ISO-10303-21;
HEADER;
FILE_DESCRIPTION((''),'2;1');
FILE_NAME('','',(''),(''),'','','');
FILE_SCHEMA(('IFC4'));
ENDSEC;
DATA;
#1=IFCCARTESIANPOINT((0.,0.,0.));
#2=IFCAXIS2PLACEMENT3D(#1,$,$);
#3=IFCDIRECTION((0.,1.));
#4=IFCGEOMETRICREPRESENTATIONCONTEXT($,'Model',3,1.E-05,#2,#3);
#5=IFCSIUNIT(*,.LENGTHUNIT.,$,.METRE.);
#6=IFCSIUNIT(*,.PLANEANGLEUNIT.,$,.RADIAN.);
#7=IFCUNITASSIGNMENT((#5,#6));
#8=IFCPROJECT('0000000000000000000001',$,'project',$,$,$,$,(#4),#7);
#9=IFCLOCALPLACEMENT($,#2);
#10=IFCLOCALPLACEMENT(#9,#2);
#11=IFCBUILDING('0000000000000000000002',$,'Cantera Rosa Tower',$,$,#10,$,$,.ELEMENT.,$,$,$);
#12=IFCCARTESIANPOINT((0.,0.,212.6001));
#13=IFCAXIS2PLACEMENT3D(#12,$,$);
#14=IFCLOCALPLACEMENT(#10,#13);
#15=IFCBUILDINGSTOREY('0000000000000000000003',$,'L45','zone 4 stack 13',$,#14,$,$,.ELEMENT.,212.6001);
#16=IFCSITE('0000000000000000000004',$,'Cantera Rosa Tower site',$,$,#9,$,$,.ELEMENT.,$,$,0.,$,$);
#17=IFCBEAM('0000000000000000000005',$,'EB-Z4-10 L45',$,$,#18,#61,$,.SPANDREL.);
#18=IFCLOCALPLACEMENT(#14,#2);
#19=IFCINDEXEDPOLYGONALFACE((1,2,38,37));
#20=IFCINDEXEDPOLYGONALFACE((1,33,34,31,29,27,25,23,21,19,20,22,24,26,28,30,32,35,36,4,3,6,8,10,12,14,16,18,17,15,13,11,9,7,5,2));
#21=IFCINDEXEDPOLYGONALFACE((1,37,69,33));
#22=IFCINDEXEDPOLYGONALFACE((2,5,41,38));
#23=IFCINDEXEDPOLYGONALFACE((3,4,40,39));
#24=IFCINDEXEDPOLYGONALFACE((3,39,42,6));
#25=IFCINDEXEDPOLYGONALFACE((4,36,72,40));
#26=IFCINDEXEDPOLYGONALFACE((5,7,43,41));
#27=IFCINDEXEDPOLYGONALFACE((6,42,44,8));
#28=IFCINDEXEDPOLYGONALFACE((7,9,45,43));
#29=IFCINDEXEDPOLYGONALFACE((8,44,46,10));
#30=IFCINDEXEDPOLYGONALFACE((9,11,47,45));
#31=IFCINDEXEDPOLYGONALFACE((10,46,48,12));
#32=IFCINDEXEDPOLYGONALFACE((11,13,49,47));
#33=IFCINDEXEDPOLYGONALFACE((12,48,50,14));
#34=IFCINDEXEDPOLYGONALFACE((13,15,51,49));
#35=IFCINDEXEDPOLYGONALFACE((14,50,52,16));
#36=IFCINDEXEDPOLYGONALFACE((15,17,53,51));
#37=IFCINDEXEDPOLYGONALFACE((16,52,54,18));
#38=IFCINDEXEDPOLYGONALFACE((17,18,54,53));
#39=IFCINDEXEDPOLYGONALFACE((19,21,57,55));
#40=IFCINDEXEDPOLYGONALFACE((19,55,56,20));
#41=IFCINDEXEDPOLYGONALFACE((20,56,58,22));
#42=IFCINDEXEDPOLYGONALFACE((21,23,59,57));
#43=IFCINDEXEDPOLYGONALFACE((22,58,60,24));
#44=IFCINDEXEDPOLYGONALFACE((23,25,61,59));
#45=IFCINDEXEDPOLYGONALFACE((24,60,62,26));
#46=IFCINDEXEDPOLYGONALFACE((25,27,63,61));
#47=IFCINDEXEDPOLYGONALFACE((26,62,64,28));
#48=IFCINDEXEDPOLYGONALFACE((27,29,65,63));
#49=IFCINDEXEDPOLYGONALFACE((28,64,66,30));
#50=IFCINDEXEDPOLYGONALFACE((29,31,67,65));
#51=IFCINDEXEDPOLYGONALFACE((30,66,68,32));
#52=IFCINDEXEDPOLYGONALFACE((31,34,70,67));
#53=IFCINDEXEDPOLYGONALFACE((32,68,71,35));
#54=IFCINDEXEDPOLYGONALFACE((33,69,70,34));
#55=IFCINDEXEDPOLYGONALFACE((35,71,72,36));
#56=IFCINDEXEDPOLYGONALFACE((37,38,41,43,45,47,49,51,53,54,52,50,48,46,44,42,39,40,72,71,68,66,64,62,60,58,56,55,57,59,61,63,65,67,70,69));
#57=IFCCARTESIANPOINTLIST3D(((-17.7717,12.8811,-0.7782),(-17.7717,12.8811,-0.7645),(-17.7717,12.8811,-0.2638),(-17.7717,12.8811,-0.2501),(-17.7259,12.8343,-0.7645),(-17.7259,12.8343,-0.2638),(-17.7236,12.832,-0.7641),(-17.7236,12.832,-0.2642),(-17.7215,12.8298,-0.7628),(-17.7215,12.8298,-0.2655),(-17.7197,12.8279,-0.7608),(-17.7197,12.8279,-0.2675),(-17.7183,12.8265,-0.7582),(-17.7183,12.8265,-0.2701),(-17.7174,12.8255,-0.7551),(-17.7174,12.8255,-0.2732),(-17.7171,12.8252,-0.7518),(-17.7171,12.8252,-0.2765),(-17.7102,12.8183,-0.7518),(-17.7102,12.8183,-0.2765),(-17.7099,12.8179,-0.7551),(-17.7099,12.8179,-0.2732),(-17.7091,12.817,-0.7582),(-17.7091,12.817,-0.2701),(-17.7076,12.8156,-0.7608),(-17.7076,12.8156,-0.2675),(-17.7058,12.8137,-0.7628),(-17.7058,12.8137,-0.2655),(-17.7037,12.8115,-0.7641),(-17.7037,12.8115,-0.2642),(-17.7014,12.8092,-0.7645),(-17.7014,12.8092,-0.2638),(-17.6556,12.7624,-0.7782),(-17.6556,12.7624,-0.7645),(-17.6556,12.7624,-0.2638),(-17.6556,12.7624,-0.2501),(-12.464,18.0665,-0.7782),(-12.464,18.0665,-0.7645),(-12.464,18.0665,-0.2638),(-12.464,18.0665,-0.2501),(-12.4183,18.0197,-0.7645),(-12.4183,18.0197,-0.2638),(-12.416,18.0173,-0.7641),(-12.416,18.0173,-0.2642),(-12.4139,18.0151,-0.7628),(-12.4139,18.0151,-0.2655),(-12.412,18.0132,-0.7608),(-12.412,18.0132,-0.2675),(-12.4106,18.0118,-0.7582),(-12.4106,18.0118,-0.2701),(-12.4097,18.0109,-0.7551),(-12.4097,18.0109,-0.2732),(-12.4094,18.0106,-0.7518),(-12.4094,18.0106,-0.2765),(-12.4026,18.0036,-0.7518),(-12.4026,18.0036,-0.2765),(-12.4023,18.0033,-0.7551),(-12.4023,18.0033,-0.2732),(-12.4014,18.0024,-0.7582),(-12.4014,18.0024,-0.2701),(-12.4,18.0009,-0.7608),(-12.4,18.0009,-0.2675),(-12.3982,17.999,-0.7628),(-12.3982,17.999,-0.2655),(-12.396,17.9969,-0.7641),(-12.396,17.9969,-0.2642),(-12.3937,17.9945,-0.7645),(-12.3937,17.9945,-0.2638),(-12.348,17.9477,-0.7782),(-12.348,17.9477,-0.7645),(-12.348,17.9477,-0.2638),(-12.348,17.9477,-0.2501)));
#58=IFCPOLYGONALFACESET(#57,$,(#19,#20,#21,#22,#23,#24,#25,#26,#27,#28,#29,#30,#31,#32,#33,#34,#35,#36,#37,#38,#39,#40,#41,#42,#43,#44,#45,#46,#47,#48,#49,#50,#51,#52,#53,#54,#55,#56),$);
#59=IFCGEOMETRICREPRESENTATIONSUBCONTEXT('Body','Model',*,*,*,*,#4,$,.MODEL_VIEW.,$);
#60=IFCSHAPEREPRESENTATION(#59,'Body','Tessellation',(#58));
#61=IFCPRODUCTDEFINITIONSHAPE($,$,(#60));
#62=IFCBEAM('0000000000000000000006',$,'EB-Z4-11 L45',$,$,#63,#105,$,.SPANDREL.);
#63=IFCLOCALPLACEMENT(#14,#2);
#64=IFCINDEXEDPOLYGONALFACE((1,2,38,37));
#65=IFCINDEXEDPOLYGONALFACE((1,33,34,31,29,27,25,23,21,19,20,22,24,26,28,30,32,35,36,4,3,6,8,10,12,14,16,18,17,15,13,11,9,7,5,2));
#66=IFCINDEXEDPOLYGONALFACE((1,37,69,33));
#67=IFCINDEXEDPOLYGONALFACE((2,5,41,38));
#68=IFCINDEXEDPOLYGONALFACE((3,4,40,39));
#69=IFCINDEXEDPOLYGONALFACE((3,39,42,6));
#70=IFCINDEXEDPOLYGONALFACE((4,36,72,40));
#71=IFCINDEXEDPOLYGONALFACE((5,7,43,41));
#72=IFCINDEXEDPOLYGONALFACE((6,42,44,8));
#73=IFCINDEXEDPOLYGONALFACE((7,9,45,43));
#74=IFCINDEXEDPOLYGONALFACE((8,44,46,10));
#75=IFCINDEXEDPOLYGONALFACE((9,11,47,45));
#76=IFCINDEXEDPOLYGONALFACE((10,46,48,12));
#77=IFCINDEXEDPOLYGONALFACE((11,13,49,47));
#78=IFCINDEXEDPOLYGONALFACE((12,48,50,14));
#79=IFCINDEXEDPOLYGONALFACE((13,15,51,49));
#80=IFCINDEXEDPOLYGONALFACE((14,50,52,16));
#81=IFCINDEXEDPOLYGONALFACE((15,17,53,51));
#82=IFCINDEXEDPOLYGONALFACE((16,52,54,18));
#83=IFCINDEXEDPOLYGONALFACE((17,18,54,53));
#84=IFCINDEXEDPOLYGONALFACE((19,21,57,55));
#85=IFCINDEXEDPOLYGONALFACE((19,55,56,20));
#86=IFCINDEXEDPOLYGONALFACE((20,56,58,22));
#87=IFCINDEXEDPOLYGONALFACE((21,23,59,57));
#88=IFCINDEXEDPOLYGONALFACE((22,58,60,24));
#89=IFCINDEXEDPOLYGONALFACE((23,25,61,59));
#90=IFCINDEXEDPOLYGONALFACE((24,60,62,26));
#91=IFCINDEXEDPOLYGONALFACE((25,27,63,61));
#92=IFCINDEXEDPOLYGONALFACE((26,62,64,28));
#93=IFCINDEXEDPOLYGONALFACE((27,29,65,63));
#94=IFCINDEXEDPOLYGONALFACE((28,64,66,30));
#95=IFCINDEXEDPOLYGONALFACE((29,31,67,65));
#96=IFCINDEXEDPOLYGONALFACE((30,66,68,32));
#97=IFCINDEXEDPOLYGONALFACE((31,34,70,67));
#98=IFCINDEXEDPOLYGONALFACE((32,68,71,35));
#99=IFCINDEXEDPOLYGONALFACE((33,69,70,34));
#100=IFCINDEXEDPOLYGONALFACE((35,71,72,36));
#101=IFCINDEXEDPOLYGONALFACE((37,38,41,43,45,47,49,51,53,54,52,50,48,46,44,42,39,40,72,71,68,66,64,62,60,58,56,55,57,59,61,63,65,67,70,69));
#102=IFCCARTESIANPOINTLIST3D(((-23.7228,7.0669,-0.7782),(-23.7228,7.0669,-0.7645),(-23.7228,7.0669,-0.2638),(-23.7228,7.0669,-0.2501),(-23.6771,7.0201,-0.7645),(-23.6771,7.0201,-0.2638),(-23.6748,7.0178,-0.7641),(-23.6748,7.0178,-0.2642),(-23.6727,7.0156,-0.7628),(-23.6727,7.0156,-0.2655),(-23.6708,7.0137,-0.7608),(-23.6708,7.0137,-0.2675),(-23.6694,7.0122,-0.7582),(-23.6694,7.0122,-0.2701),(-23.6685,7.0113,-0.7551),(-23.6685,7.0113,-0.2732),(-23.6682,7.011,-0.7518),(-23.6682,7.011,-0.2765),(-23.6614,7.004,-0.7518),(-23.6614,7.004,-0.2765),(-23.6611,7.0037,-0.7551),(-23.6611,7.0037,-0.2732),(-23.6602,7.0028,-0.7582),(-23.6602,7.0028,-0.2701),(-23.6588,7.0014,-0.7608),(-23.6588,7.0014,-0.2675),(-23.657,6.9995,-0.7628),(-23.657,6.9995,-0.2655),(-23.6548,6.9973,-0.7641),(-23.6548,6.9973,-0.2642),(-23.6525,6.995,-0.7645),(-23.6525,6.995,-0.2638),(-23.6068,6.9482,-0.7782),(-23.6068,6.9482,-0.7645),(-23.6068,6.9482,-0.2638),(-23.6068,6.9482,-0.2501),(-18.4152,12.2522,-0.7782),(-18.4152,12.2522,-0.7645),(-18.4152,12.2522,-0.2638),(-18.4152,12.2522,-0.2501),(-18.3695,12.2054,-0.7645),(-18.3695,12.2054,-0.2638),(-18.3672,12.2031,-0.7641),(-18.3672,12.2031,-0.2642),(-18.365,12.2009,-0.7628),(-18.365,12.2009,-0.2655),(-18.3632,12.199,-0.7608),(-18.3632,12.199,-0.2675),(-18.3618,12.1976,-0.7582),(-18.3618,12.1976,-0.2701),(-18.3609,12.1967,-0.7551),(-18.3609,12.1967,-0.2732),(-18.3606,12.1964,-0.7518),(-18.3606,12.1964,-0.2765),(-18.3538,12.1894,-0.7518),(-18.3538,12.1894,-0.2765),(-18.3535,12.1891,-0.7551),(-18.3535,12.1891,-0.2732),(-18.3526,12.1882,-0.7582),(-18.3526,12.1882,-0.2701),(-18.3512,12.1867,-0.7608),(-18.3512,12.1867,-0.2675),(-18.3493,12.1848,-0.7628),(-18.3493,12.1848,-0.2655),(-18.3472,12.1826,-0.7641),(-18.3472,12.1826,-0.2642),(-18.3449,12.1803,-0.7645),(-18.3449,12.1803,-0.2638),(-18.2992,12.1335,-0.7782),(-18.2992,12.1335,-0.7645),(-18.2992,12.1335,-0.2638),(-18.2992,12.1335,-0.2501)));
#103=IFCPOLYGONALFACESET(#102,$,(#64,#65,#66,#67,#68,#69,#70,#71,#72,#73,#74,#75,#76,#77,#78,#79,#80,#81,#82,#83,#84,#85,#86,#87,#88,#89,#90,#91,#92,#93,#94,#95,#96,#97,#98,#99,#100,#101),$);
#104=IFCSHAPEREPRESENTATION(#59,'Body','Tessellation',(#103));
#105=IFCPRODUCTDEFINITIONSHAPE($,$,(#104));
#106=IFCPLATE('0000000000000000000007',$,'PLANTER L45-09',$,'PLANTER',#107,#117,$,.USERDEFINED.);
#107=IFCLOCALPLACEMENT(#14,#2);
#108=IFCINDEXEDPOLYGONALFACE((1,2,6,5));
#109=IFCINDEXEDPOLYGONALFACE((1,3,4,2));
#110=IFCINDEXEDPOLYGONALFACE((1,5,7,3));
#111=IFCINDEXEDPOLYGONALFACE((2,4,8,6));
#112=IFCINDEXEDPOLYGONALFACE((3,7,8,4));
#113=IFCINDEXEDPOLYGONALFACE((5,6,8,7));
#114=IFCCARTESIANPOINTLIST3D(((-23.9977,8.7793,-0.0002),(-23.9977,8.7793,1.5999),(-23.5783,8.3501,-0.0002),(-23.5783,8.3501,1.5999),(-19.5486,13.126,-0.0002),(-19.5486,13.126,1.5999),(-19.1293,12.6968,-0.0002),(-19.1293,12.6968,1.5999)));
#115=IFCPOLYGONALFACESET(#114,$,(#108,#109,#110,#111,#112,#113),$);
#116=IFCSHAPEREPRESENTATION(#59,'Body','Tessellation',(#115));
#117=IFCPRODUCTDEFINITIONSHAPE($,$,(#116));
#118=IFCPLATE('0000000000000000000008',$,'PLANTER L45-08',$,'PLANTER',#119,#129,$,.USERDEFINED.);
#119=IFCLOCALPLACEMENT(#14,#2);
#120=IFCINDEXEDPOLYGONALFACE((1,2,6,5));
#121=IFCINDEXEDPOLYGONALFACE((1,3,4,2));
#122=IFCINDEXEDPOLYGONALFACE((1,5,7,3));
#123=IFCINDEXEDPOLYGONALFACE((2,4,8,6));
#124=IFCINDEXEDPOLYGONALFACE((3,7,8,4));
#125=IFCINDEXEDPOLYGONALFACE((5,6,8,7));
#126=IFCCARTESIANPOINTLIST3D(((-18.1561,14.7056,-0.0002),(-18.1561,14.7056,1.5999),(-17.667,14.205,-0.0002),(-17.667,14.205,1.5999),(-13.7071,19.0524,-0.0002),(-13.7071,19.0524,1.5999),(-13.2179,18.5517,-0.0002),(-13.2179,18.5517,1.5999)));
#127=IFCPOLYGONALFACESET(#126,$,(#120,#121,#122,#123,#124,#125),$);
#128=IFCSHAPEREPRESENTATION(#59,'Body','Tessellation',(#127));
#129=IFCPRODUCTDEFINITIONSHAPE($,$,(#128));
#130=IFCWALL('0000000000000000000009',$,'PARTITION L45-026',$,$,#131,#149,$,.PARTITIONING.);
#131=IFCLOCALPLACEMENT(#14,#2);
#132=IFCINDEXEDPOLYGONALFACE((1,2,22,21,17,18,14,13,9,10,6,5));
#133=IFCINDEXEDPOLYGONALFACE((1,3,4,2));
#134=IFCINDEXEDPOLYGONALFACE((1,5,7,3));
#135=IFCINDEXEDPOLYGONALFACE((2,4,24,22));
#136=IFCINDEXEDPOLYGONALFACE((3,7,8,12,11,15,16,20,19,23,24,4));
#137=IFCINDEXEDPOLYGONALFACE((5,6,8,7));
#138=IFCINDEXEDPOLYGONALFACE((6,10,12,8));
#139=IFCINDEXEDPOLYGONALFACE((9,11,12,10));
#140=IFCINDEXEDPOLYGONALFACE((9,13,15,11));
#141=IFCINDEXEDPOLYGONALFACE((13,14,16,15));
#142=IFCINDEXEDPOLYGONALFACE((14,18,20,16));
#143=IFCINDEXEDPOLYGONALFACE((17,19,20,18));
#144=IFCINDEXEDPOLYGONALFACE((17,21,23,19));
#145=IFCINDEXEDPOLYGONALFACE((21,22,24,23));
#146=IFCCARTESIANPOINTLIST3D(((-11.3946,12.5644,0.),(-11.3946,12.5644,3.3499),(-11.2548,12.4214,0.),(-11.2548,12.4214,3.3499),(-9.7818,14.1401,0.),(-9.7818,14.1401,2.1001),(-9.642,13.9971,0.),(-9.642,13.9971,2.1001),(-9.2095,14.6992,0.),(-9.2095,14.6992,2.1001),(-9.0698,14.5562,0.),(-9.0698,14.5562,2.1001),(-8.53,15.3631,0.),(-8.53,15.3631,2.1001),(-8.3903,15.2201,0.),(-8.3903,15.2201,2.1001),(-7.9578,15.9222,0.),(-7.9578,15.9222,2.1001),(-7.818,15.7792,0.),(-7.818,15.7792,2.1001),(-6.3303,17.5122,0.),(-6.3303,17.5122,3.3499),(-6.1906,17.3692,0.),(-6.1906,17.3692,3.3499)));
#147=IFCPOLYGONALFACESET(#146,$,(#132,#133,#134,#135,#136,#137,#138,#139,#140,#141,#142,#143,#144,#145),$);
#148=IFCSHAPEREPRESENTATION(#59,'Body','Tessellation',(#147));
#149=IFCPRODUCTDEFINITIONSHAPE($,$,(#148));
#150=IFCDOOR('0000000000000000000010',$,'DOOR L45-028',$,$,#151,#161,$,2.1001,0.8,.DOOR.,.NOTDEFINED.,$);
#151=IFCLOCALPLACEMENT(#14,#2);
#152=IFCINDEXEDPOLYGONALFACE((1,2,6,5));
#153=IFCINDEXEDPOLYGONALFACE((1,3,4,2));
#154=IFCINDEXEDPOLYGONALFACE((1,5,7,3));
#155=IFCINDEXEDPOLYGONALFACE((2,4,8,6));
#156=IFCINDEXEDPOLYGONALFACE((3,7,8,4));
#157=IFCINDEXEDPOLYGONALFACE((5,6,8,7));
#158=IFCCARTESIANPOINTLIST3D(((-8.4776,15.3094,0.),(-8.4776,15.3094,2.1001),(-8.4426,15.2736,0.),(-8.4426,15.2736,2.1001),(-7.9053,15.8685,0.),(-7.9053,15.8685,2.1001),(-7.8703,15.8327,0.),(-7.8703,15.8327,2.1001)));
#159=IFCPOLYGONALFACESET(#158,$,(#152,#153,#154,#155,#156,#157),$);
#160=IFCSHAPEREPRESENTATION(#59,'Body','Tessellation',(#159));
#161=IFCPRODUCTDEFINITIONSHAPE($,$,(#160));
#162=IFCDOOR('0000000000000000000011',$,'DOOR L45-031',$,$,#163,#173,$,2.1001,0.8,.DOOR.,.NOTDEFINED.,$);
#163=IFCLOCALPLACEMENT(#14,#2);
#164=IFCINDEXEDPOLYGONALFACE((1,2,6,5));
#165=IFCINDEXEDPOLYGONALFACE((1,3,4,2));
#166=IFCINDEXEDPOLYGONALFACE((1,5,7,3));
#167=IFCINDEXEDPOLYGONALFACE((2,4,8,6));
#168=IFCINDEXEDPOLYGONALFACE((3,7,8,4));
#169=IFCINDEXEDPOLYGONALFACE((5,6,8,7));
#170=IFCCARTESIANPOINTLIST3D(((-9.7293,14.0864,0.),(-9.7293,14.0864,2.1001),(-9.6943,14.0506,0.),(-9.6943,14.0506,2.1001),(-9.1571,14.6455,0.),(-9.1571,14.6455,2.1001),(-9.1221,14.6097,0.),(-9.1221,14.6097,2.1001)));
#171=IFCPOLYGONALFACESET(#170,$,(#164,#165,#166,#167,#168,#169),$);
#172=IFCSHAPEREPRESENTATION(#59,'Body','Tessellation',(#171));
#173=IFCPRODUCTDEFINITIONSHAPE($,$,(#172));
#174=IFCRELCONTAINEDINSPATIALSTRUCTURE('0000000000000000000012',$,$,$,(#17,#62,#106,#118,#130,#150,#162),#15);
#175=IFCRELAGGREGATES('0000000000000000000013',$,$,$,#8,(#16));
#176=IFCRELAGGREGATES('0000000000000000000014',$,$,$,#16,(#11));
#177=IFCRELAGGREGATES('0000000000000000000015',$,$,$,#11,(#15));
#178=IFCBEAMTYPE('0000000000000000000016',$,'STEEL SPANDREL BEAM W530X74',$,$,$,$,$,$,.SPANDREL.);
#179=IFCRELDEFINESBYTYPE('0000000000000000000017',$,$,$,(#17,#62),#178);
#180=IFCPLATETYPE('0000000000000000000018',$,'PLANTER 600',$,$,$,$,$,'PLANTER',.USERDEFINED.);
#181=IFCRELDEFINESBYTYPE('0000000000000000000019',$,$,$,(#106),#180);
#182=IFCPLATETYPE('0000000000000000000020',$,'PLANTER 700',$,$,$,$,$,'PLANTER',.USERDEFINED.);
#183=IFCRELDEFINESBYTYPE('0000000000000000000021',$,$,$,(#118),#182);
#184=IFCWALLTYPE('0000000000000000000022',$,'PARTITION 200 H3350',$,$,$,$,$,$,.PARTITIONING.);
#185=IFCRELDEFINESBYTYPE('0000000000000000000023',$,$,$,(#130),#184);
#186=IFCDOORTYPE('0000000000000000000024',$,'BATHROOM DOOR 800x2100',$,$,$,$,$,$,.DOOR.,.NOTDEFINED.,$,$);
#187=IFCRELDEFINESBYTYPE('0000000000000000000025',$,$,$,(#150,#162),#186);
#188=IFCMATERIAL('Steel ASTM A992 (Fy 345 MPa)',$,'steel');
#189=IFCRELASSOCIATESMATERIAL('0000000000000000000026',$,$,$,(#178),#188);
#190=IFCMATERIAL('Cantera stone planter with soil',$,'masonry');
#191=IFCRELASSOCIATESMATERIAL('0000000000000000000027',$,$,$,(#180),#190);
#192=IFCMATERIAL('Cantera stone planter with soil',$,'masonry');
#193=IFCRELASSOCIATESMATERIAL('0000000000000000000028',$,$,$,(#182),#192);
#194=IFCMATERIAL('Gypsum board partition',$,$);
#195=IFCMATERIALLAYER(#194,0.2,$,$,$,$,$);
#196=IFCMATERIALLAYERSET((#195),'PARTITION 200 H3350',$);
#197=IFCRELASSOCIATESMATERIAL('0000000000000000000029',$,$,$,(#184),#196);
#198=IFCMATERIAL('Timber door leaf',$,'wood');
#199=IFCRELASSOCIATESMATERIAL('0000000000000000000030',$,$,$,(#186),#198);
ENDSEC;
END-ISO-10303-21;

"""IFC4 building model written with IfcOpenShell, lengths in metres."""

from ifc_helpers import new_model, si_unit, direction, frame, frame_2d, origin, origin_2d, place, context, subcontext, project, spatial, rectangle, i_section, extrude, material, layer, layer_set, material_profile, profile_set, type_object, element, fill, save


model = new_model("IFC4")

# Units and contexts
model_context = context("Model", 3, precision=1e-05, world=origin(), true_north=direction((0.0, 1.0)))
body_context = subcontext(model_context, "Body", "Model", "MODEL_VIEW")
ifc_project = project(units=[si_unit("LENGTHUNIT", "METRE"), si_unit("PLANEANGLEUNIT", "RADIAN")], contexts=[model_context])

# Site, building, storey
site_placement = place(None, origin())
site = spatial("IfcSite", under=ifc_project, at=site_placement, Name="Cantera Rosa Tower site", CompositionType="ELEMENT", RefElevation=0.0)
building_placement = place(site_placement, origin())
building = spatial("IfcBuilding", under=site, at=building_placement, Name="Cantera Rosa Tower", CompositionType="ELEMENT")
storey_placement = place(building_placement, frame((0.0, 0.0, 212.6001)))
storey = spatial("IfcBuildingStorey", under=building, at=storey_placement, Name="L45", Description="zone 4 stack 13", CompositionType="ELEMENT", Elevation=212.6001)

# Beams
ifc_material_1 = material(Name="Steel ASTM A992 (Fy 345 MPa)", Category="steel")
ifc_material_profile_1 = material_profile(ifc_material_1, i_section(OverallWidth=0.166, OverallDepth=0.5281, WebThickness=0.0098, FlangeThickness=0.0137, FilletRadius=0.0127, at=origin_2d()), Name="W530X74")
ifc_profile_set_1 = profile_set([ifc_material_profile_1], Name="Steel ASTM A992 (Fy 345 MPa)")
beam_type_1 = type_object("IfcBeamType", Name="STEEL SPANDREL BEAM W530X74", PredefinedType="SPANDREL", material=ifc_profile_set_1)
for number, where, z_axis, x_axis, name in (
    (1, (-12.406, 18.0071, -0.5142), (-0.715301, -0.698817, 0.0), (0.698817, -0.715301, 0.0), "EB-Z4-10 L45"),
    (2, (-18.3572, 12.1929, -0.5142), (-0.715301, -0.698817, 0.0), (0.698817, -0.715301, 0.0), "EB-Z4-11 L45"),
):
    element("IfcBeam", number, at=place(storey_placement, frame(where, z_axis=z_axis, x_axis=x_axis)), inside=storey, type_object=beam_type_1, Name=name, PredefinedType="SPANDREL", context=body_context, shape_type="SweptSolid", body=[
        extrude(i_section(OverallWidth=0.166, OverallDepth=0.5281, WebThickness=0.0098, FlangeThickness=0.0137, FilletRadius=0.0127, at=origin_2d()), origin(), (0.0, 0.0, 1.0), 7.4202),
    ])

# Plates
ifc_material_2 = material(Name="Cantera stone planter with soil", Category="masonry")
plate_type_1 = type_object("IfcPlateType", Name="PLANTER 600", ElementType="PLANTER", PredefinedType="USERDEFINED", material=ifc_material_2)
plate_1_placement = place(storey_placement, frame((-21.5635, 10.738, -0.0002), z_axis=(0.0, 0.0, 1.0), x_axis=(-0.715286, -0.698832, 0.0)))
element("IfcPlate", 3, at=plate_1_placement, inside=storey, type_object=plate_type_1, Name="PLANTER L45-09", ObjectType="PLANTER", PredefinedType="USERDEFINED", context=body_context, shape_type="SweptSolid", body=[
    extrude(rectangle(XDim=6.22, YDim=0.6001, at=origin_2d()), origin(), (0.0, 0.0, 1.0), 1.6001),
])
ifc_material_3 = material(Name="Cantera stone planter with soil", Category="masonry")
plate_type_2 = type_object("IfcPlateType", Name="PLANTER 700", ElementType="PLANTER", PredefinedType="USERDEFINED", material=ifc_material_3)
plate_2_placement = place(storey_placement, frame((-15.687, 16.6287, -0.0002), z_axis=(0.0, 0.0, 1.0), x_axis=(-0.715286, -0.698832, 0.0)))
element("IfcPlate", 4, at=plate_2_placement, inside=storey, type_object=plate_type_2, Name="PLANTER L45-08", ObjectType="PLANTER", PredefinedType="USERDEFINED", context=body_context, shape_type="SweptSolid", body=[
    extrude(rectangle(XDim=6.22, YDim=0.7, at=origin_2d()), origin(), (0.0, 0.0, 1.0), 1.6001),
])

# Wall, openings, doors
ifc_material_4 = material(Name="Gypsum board partition")
ifc_layer_1 = layer(ifc_material_4, 0.2)
ifc_layer_set_1 = layer_set([ifc_layer_1], Name="PARTITION 200 H3350")
wall_type_1 = type_object("IfcWallType", Name="PARTITION 200 H3350", PredefinedType="PARTITIONING", material=ifc_layer_set_1)
wall_1_placement = place(storey_placement, frame((-11.3247, 12.4929, 0.0), z_axis=(0.0, 0.0, 1.0), x_axis=(0.715283, 0.698835, 0.0)))
wall_1 = element("IfcWall", 5, at=wall_1_placement, inside=storey, type_object=wall_type_1, Name="PARTITION L45-026", PredefinedType="PARTITIONING", context=body_context, shape_type="SweptSolid", body=[
    extrude(rectangle(XDim=7.0801, YDim=0.2, at=frame_2d((3.54, 0.0))), origin(), (0.0, 0.0, 1.0), 3.3499),
])
opening_1_placement = place(wall_1_placement, frame((4.0049, 0.0, 0.0)))
opening_1 = element("IfcOpeningElement", 6, at=opening_1_placement, cuts=wall_1, PredefinedType="OPENING", context=body_context, shape_type="SweptSolid", body=[
    extrude(rectangle(XDim=0.8, YDim=2.1001, at=frame_2d((0.3999, 1.05))), frame((0.0, 0.1099, 0.0), z_axis=(0.0, -1.0, 0.0), x_axis=(1.0, 0.0, 0.0)), (0.0, 0.0, 1.0), 0.22),
])
opening_2_placement = place(wall_1_placement, frame((2.2549, 0.0, 0.0)))
opening_2 = element("IfcOpeningElement", 7, at=opening_2_placement, cuts=wall_1, PredefinedType="OPENING", context=body_context, shape_type="SweptSolid", body=[
    extrude(rectangle(XDim=0.8, YDim=2.1001, at=frame_2d((0.3999, 1.05))), frame((0.0, 0.1099, 0.0), z_axis=(0.0, -1.0, 0.0), x_axis=(1.0, 0.0, 0.0)), (0.0, 0.0, 1.0), 0.22),
])
ifc_material_5 = material(Name="Timber door leaf", Category="wood")
door_type_1 = type_object("IfcDoorType", Name="BATHROOM DOOR 800x2100", OperationType="NOTDEFINED", PredefinedType="DOOR", material=ifc_material_5)
door_1_placement = place(opening_1_placement, origin())
door_1 = element("IfcDoor", 8, at=door_1_placement, inside=storey, type_object=door_type_1, Name="DOOR L45-028", OperationType="NOTDEFINED", OverallHeight=2.1001, OverallWidth=0.8, PredefinedType="DOOR", context=body_context, shape_type="SweptSolid", body=[
    extrude(rectangle(XDim=0.8, YDim=2.1001, at=frame_2d((0.3999, 1.05))), frame((0.0, 0.0249, 0.0), z_axis=(0.0, -1.0, 0.0), x_axis=(1.0, 0.0, 0.0)), (0.0, 0.0, 1.0), 0.05),
])
fill(opening_1, door_1)
door_2_placement = place(opening_2_placement, origin())
door_2 = element("IfcDoor", 9, at=door_2_placement, inside=storey, type_object=door_type_1, Name="DOOR L45-031", OperationType="NOTDEFINED", OverallHeight=2.1001, OverallWidth=0.8, PredefinedType="DOOR", context=body_context, shape_type="SweptSolid", body=[
    extrude(rectangle(XDim=0.8, YDim=2.1001, at=frame_2d((0.3999, 1.05))), frame((0.0, 0.0249, 0.0), z_axis=(0.0, -1.0, 0.0), x_axis=(1.0, 0.0, 0.0)), (0.0, 0.0, 1.0), 0.05),
])
fill(opening_2, door_2)

save(model, "model.ifc")
